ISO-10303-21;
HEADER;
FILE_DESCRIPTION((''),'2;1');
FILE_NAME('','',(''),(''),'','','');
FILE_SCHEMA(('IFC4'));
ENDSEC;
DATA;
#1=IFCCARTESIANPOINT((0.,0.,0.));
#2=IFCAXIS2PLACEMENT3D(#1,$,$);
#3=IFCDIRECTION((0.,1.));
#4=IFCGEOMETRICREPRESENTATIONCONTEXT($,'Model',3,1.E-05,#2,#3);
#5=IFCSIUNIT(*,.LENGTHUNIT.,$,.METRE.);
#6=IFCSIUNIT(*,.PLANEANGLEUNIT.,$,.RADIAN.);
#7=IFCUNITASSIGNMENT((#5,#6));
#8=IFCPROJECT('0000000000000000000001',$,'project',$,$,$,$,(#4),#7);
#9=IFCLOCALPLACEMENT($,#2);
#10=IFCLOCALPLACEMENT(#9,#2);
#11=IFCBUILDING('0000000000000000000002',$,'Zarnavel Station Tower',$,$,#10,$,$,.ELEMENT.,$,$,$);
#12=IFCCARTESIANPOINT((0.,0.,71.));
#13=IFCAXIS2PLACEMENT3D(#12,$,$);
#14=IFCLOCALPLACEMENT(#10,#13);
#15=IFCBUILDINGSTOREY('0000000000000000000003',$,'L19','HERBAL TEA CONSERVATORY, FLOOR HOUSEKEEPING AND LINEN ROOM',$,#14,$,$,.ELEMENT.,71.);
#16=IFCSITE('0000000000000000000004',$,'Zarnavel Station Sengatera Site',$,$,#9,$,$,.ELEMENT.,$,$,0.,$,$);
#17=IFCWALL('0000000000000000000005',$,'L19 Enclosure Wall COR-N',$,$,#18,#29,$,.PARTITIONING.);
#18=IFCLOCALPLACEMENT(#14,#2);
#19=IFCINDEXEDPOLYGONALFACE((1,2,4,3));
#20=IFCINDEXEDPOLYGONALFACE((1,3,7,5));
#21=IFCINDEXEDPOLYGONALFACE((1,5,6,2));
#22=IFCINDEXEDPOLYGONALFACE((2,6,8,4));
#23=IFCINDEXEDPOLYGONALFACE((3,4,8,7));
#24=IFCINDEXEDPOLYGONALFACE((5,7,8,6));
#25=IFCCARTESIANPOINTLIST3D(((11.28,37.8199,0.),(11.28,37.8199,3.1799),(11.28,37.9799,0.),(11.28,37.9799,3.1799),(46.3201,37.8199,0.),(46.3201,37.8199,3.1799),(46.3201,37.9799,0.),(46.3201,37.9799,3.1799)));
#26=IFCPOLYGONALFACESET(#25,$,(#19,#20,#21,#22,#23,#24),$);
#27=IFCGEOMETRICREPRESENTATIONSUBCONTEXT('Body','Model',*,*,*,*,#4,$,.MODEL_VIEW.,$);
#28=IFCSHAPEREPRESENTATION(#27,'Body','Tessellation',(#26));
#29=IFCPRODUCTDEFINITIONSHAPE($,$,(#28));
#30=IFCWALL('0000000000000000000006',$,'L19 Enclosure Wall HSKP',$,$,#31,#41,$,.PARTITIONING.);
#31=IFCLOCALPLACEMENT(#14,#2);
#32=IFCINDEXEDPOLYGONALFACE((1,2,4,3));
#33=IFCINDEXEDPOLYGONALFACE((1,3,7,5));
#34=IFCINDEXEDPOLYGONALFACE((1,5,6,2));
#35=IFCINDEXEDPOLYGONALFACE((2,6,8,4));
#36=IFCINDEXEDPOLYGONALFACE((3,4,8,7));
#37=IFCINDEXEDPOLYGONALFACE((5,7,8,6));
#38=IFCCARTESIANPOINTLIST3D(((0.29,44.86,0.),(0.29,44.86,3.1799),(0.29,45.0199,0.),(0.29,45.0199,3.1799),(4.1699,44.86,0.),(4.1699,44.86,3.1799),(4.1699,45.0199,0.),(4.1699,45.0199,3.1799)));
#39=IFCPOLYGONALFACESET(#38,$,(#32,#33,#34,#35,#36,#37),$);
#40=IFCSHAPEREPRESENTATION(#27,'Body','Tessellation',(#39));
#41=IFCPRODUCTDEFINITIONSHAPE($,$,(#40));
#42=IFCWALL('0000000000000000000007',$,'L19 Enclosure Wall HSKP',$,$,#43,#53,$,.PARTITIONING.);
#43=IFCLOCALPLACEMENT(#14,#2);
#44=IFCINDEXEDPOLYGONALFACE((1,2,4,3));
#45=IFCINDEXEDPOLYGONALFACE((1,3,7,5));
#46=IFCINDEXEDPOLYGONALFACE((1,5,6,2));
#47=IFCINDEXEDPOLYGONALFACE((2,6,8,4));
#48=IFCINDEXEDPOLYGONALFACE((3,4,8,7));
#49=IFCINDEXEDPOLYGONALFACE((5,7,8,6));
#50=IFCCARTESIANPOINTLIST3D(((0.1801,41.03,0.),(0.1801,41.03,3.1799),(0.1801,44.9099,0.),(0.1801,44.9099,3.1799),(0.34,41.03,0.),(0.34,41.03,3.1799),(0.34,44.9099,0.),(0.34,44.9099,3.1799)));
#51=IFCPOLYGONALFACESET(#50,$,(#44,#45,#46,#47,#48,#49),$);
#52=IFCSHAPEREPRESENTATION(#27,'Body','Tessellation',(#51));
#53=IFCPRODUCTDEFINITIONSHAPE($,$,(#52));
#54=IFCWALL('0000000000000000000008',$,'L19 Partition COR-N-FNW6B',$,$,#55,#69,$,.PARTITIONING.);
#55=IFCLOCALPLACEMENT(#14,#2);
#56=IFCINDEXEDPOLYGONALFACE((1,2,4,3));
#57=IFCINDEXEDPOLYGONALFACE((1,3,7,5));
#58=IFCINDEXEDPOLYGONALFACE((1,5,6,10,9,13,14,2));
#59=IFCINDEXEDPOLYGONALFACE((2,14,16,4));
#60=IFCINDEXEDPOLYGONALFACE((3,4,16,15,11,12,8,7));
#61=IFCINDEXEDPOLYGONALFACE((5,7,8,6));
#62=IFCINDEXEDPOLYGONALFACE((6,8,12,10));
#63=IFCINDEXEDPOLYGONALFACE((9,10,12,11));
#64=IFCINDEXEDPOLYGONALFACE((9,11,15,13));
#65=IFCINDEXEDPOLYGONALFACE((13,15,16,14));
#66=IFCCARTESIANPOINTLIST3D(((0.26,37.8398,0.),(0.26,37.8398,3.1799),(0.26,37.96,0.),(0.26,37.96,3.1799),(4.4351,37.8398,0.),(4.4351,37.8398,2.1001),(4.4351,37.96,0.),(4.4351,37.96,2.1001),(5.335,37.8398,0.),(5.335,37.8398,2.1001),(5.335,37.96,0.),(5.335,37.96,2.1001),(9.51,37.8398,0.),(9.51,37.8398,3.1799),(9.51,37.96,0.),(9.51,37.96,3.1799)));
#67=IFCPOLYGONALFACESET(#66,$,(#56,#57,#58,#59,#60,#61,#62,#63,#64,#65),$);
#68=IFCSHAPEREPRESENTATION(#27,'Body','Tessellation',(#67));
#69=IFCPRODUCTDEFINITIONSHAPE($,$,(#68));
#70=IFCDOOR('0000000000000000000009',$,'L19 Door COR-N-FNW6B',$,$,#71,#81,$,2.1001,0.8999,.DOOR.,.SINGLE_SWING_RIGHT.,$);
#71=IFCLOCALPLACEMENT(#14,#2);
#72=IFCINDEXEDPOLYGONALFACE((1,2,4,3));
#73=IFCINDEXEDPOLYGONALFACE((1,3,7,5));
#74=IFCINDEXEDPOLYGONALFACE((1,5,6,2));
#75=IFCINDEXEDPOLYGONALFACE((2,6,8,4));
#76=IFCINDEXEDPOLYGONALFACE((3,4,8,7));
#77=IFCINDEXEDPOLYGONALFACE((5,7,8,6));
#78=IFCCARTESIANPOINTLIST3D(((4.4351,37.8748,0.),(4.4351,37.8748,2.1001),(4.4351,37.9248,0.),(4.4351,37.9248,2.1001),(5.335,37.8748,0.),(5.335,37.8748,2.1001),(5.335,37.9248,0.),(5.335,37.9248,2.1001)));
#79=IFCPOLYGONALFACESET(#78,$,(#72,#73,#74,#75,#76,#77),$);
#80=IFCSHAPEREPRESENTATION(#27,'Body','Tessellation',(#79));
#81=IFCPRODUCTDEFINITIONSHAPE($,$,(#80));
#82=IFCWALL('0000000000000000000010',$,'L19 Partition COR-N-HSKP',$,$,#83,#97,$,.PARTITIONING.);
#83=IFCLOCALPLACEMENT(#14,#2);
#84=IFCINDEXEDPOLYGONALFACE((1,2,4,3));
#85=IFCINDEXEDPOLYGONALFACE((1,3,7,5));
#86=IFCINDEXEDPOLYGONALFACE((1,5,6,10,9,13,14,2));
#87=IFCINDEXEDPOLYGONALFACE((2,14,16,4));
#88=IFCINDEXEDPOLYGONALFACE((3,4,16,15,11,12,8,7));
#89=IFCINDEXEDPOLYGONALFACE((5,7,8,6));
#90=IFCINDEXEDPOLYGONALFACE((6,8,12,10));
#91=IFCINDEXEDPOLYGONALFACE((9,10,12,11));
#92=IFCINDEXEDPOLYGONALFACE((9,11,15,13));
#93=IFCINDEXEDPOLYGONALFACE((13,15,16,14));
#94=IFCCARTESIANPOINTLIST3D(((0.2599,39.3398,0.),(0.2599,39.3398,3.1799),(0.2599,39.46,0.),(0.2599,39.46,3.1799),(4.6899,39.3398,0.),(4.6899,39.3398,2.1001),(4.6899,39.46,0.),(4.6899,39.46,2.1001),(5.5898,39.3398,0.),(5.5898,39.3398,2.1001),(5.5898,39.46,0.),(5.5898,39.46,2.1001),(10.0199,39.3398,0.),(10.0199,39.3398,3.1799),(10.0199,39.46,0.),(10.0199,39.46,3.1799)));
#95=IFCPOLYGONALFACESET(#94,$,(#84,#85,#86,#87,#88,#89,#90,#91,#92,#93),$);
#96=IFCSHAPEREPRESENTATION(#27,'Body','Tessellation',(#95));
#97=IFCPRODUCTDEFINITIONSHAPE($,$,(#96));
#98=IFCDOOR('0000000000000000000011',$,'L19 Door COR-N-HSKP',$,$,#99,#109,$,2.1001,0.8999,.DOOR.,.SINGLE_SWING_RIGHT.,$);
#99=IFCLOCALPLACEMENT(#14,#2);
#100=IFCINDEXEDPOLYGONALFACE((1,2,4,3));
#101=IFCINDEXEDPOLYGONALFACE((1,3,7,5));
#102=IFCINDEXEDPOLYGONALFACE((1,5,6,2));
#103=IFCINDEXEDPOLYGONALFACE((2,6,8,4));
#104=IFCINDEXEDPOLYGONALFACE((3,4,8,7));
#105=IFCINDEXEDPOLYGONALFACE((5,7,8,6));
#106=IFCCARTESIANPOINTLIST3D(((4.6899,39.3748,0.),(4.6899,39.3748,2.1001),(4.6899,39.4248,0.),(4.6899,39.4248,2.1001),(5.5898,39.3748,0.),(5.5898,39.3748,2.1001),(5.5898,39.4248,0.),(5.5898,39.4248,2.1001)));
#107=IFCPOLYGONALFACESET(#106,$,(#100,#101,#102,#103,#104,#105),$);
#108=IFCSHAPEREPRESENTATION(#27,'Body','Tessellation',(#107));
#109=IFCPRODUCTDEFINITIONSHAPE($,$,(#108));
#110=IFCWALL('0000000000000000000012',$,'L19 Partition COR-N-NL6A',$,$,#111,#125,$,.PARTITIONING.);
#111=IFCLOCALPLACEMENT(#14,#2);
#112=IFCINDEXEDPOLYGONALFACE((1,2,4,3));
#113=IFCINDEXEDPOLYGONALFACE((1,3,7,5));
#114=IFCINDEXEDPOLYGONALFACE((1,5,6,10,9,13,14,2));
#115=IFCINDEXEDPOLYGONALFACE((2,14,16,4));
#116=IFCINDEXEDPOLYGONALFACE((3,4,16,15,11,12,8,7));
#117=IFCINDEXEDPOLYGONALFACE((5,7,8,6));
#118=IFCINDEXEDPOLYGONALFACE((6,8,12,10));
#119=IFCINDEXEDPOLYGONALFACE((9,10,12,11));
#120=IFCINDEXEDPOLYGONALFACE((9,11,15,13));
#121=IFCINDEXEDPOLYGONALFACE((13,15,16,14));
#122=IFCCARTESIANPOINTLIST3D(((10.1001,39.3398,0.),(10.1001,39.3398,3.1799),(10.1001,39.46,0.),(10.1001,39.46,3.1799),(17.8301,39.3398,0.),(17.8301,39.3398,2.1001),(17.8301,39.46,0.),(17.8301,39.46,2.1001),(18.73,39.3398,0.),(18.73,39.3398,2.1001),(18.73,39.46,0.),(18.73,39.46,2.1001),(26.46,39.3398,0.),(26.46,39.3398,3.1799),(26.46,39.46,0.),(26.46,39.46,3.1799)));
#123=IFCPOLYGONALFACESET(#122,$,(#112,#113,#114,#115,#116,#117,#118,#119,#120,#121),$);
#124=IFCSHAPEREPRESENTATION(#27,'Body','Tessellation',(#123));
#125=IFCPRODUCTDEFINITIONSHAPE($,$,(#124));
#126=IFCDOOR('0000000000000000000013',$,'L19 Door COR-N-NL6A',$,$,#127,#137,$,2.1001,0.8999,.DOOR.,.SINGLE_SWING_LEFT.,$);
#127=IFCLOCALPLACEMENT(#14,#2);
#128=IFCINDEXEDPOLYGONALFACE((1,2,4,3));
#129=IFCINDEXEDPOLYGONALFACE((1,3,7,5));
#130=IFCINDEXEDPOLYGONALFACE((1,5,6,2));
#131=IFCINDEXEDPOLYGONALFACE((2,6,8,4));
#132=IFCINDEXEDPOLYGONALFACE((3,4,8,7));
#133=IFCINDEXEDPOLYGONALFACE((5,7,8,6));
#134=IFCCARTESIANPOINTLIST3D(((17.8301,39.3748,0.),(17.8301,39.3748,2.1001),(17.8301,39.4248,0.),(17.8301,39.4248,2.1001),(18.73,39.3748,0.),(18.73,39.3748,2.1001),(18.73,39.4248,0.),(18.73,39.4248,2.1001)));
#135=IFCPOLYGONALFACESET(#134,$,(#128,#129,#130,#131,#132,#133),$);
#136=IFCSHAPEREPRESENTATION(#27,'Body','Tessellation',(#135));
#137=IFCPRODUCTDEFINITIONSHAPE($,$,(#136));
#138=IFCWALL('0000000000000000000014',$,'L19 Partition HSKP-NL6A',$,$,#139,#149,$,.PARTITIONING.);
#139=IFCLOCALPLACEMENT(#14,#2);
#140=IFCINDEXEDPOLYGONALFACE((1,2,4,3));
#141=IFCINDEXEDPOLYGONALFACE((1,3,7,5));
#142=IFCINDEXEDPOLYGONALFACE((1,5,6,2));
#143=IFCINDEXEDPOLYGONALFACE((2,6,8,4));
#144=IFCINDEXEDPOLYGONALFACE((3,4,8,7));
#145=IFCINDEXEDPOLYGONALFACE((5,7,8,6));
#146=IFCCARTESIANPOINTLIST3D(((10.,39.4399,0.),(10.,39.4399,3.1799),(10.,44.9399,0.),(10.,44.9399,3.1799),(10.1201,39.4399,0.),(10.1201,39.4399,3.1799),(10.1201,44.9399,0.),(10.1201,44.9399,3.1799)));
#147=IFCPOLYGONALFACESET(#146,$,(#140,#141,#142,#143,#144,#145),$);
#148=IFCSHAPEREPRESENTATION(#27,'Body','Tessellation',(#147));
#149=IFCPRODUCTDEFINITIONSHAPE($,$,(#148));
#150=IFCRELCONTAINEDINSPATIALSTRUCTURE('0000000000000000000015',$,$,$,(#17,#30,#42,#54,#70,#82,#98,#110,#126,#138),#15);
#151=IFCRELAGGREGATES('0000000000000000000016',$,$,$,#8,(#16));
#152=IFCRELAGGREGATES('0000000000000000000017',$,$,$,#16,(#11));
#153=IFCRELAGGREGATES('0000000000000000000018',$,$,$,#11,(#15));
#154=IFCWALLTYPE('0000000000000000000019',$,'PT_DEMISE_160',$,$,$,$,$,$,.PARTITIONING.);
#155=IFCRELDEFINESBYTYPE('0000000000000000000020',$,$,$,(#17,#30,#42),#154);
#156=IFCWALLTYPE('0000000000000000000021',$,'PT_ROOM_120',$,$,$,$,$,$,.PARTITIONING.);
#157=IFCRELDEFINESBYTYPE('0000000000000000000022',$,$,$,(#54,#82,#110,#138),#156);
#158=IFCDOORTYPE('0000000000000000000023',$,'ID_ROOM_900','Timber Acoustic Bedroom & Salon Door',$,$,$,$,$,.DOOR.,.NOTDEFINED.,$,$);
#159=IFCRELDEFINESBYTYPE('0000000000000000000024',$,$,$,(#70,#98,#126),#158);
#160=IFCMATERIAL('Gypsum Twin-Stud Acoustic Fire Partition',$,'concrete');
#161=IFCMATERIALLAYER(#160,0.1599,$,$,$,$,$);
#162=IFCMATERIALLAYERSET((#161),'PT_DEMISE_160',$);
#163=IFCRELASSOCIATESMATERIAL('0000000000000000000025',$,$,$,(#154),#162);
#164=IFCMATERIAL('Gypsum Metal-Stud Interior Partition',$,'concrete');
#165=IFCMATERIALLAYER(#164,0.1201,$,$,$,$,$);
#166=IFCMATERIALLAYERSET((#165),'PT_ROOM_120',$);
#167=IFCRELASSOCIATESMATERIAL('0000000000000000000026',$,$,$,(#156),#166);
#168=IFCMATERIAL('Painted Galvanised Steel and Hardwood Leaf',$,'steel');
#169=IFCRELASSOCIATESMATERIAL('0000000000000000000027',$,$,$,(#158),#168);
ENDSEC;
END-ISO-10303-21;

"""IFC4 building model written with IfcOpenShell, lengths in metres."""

from ifc_helpers import new_model, si_unit, direction, frame, frame_2d, origin, place, context, subcontext, project, spatial, rectangle, extrude, material, layer, layer_set, type_object, element, fill, save


model = new_model("IFC4")

# Units and contexts
model_context = context("Model", 3, precision=1e-05, world=origin(), true_north=direction((0.0, 1.0)))
body_context = subcontext(model_context, "Body", "Model", "MODEL_VIEW")
ifc_project = project(units=[si_unit("LENGTHUNIT", "METRE"), si_unit("PLANEANGLEUNIT", "RADIAN")], contexts=[model_context])

# Site, building, storey
site_placement = place(None, origin())
site = spatial("IfcSite", under=ifc_project, at=site_placement, Name="Zarnavel Station Sengatera Site", CompositionType="ELEMENT", RefElevation=0.0)
building_placement = place(site_placement, origin())
building = spatial("IfcBuilding", under=site, at=building_placement, Name="Zarnavel Station Tower", CompositionType="ELEMENT")
storey_placement = place(building_placement, frame((0.0, 0.0, 71.0)))
storey = spatial("IfcBuildingStorey", under=building, at=storey_placement, Name="L19", Description="HERBAL TEA CONSERVATORY, FLOOR HOUSEKEEPING AND LINEN ROOM", CompositionType="ELEMENT", Elevation=71.0)

# Walls
ifc_material_1 = material(Name="Gypsum Twin-Stud Acoustic Fire Partition", Category="concrete")
ifc_layer_1 = layer(ifc_material_1, 0.1599)
ifc_layer_set_1 = layer_set([ifc_layer_1], Name="PT_DEMISE_160")
wall_type_1 = type_object("IfcWallType", Name="PT_DEMISE_160", PredefinedType="PARTITIONING", material=ifc_layer_set_1)
wall_1_placement = place(storey_placement, frame((11.28, 37.8999, 0.0), z_axis=(0.0, 0.0, 1.0), x_axis=(1.0, 0.0, 0.0)))
element("IfcWall", 1, at=wall_1_placement, inside=storey, type_object=wall_type_1, Name="L19 Enclosure Wall COR-N", PredefinedType="PARTITIONING", context=body_context, shape_type="SweptSolid", body=[
    extrude(rectangle(XDim=35.04, YDim=0.1599, at=frame_2d((17.52, 0.0))), origin(), (0.0, 0.0, 1.0), 3.1799),
])
for number, where, z_axis, x_axis, name in (
    (2, (0.29, 44.9399, 0.0), (0.0, 0.0, 1.0), (1.0, 0.0, 0.0), "L19 Enclosure Wall HSKP"),
    (3, (0.26, 41.03, 0.0), (0.0, 0.0, 1.0), (0.0, 1.0, 0.0), "L19 Enclosure Wall HSKP"),
):
    element("IfcWall", number, at=place(storey_placement, frame(where, z_axis=z_axis, x_axis=x_axis)), inside=storey, type_object=wall_type_1, Name=name, PredefinedType="PARTITIONING", context=body_context, shape_type="SweptSolid", body=[
        extrude(rectangle(XDim=3.8799, YDim=0.1599, at=frame_2d((1.9399, 0.0))), origin(), (0.0, 0.0, 1.0), 3.1799),
    ])

# Walls, openings, doors
ifc_material_2 = material(Name="Gypsum Metal-Stud Interior Partition", Category="concrete")
ifc_layer_2 = layer(ifc_material_2, 0.1201)
ifc_layer_set_2 = layer_set([ifc_layer_2], Name="PT_ROOM_120")
wall_type_2 = type_object("IfcWallType", Name="PT_ROOM_120", PredefinedType="PARTITIONING", material=ifc_layer_set_2)
wall_2_placement = place(storey_placement, frame((0.26, 37.8999, 0.0), z_axis=(0.0, 0.0, 1.0), x_axis=(1.0, 0.0, 0.0)))
wall_2 = element("IfcWall", 4, at=wall_2_placement, inside=storey, type_object=wall_type_2, Name="L19 Partition COR-N-FNW6B", PredefinedType="PARTITIONING", context=body_context, shape_type="SweptSolid", body=[
    extrude(rectangle(XDim=9.25, YDim=0.1201, at=frame_2d((4.625, 0.0))), origin(), (0.0, 0.0, 1.0), 3.1799),
])
opening_1_placement = place(wall_2_placement, frame((4.175, 0.0, 0.0)))
opening_1 = element("IfcOpeningElement", 5, at=opening_1_placement, cuts=wall_2, PredefinedType="OPENING", context=body_context, shape_type="SweptSolid", body=[
    extrude(rectangle(XDim=0.8999, YDim=2.1001, at=frame_2d((0.45, 1.05))), frame((0.0, 0.0701, 0.0), z_axis=(0.0, -1.0, 0.0), x_axis=(1.0, 0.0, 0.0)), (0.0, 0.0, 1.0), 0.1401),
])
ifc_material_3 = material(Name="Painted Galvanised Steel and Hardwood Leaf", Category="steel")
door_type = type_object("IfcDoorType", Name="ID_ROOM_900", Description="Timber Acoustic Bedroom & Salon Door", OperationType="NOTDEFINED", PredefinedType="DOOR", material=ifc_material_3)
door_1_placement = place(opening_1_placement, origin())
door_1 = element("IfcDoor", 6, at=door_1_placement, inside=storey, type_object=door_type, Name="L19 Door COR-N-FNW6B", OperationType="SINGLE_SWING_RIGHT", OverallHeight=2.1001, OverallWidth=0.8999, PredefinedType="DOOR", context=body_context, shape_type="SweptSolid", body=[
    extrude(rectangle(XDim=0.8999, YDim=2.1001, at=frame_2d((0.45, 1.05))), frame((0.0, 0.0249, 0.0), z_axis=(0.0, -1.0, 0.0), x_axis=(1.0, 0.0, 0.0)), (0.0, 0.0, 1.0), 0.05),
])
fill(opening_1, door_1)
wall_3_placement = place(storey_placement, frame((0.26, 39.3999, 0.0), z_axis=(0.0, 0.0, 1.0), x_axis=(1.0, 0.0, 0.0)))
wall_3 = element("IfcWall", 7, at=wall_3_placement, inside=storey, type_object=wall_type_2, Name="L19 Partition COR-N-HSKP", PredefinedType="PARTITIONING", context=body_context, shape_type="SweptSolid", body=[
    extrude(rectangle(XDim=9.76, YDim=0.1201, at=frame_2d((4.8799, 0.0))), origin(), (0.0, 0.0, 1.0), 3.1799),
])
opening_2_placement = place(wall_3_placement, frame((4.4299, 0.0, 0.0)))
opening_2 = element("IfcOpeningElement", 8, at=opening_2_placement, cuts=wall_3, PredefinedType="OPENING", context=body_context, shape_type="SweptSolid", body=[
    extrude(rectangle(XDim=0.8999, YDim=2.1001, at=frame_2d((0.45, 1.05))), frame((0.0, 0.0701, 0.0), z_axis=(0.0, -1.0, 0.0), x_axis=(1.0, 0.0, 0.0)), (0.0, 0.0, 1.0), 0.1401),
])
door_2_placement = place(opening_2_placement, origin())
door_2 = element("IfcDoor", 9, at=door_2_placement, inside=storey, type_object=door_type, Name="L19 Door COR-N-HSKP", OperationType="SINGLE_SWING_RIGHT", OverallHeight=2.1001, OverallWidth=0.8999, PredefinedType="DOOR", context=body_context, shape_type="SweptSolid", body=[
    extrude(rectangle(XDim=0.8999, YDim=2.1001, at=frame_2d((0.45, 1.05))), frame((0.0, 0.0249, 0.0), z_axis=(0.0, -1.0, 0.0), x_axis=(1.0, 0.0, 0.0)), (0.0, 0.0, 1.0), 0.05),
])
fill(opening_2, door_2)
wall_4_placement = place(storey_placement, frame((10.1001, 39.3999, 0.0), z_axis=(0.0, 0.0, 1.0), x_axis=(1.0, 0.0, 0.0)))
wall_4 = element("IfcWall", 10, at=wall_4_placement, inside=storey, type_object=wall_type_2, Name="L19 Partition COR-N-NL6A", PredefinedType="PARTITIONING", context=body_context, shape_type="SweptSolid", body=[
    extrude(rectangle(XDim=16.3599, YDim=0.1201, at=frame_2d((8.1799, 0.0))), origin(), (0.0, 0.0, 1.0), 3.1799),
])
opening_3_placement = place(wall_4_placement, frame((7.73, 0.0, 0.0)))
opening_3 = element("IfcOpeningElement", 11, at=opening_3_placement, cuts=wall_4, PredefinedType="OPENING", context=body_context, shape_type="SweptSolid", body=[
    extrude(rectangle(XDim=0.8999, YDim=2.1001, at=frame_2d((0.45, 1.05))), frame((0.0, 0.0701, 0.0), z_axis=(0.0, -1.0, 0.0), x_axis=(1.0, 0.0, 0.0)), (0.0, 0.0, 1.0), 0.1401),
])
door_3_placement = place(opening_3_placement, origin())
door_3 = element("IfcDoor", 12, at=door_3_placement, inside=storey, type_object=door_type, Name="L19 Door COR-N-NL6A", OperationType="SINGLE_SWING_LEFT", OverallHeight=2.1001, OverallWidth=0.8999, PredefinedType="DOOR", context=body_context, shape_type="SweptSolid", body=[
    extrude(rectangle(XDim=0.8999, YDim=2.1001, at=frame_2d((0.45, 1.05))), frame((0.0, 0.0249, 0.0), z_axis=(0.0, -1.0, 0.0), x_axis=(1.0, 0.0, 0.0)), (0.0, 0.0, 1.0), 0.05),
])
fill(opening_3, door_3)

# Wall
wall_5_placement = place(storey_placement, frame((10.0601, 39.4399, 0.0), z_axis=(0.0, 0.0, 1.0), x_axis=(0.0, 1.0, 0.0)))
element("IfcWall", 13, at=wall_5_placement, inside=storey, type_object=wall_type_2, Name="L19 Partition HSKP-NL6A", PredefinedType="PARTITIONING", context=body_context, shape_type="SweptSolid", body=[
    extrude(rectangle(XDim=5.5, YDim=0.1201, at=frame_2d((2.75, 0.0))), origin(), (0.0, 0.0, 1.0), 3.1799),
])

save(model, "model.ifc")
